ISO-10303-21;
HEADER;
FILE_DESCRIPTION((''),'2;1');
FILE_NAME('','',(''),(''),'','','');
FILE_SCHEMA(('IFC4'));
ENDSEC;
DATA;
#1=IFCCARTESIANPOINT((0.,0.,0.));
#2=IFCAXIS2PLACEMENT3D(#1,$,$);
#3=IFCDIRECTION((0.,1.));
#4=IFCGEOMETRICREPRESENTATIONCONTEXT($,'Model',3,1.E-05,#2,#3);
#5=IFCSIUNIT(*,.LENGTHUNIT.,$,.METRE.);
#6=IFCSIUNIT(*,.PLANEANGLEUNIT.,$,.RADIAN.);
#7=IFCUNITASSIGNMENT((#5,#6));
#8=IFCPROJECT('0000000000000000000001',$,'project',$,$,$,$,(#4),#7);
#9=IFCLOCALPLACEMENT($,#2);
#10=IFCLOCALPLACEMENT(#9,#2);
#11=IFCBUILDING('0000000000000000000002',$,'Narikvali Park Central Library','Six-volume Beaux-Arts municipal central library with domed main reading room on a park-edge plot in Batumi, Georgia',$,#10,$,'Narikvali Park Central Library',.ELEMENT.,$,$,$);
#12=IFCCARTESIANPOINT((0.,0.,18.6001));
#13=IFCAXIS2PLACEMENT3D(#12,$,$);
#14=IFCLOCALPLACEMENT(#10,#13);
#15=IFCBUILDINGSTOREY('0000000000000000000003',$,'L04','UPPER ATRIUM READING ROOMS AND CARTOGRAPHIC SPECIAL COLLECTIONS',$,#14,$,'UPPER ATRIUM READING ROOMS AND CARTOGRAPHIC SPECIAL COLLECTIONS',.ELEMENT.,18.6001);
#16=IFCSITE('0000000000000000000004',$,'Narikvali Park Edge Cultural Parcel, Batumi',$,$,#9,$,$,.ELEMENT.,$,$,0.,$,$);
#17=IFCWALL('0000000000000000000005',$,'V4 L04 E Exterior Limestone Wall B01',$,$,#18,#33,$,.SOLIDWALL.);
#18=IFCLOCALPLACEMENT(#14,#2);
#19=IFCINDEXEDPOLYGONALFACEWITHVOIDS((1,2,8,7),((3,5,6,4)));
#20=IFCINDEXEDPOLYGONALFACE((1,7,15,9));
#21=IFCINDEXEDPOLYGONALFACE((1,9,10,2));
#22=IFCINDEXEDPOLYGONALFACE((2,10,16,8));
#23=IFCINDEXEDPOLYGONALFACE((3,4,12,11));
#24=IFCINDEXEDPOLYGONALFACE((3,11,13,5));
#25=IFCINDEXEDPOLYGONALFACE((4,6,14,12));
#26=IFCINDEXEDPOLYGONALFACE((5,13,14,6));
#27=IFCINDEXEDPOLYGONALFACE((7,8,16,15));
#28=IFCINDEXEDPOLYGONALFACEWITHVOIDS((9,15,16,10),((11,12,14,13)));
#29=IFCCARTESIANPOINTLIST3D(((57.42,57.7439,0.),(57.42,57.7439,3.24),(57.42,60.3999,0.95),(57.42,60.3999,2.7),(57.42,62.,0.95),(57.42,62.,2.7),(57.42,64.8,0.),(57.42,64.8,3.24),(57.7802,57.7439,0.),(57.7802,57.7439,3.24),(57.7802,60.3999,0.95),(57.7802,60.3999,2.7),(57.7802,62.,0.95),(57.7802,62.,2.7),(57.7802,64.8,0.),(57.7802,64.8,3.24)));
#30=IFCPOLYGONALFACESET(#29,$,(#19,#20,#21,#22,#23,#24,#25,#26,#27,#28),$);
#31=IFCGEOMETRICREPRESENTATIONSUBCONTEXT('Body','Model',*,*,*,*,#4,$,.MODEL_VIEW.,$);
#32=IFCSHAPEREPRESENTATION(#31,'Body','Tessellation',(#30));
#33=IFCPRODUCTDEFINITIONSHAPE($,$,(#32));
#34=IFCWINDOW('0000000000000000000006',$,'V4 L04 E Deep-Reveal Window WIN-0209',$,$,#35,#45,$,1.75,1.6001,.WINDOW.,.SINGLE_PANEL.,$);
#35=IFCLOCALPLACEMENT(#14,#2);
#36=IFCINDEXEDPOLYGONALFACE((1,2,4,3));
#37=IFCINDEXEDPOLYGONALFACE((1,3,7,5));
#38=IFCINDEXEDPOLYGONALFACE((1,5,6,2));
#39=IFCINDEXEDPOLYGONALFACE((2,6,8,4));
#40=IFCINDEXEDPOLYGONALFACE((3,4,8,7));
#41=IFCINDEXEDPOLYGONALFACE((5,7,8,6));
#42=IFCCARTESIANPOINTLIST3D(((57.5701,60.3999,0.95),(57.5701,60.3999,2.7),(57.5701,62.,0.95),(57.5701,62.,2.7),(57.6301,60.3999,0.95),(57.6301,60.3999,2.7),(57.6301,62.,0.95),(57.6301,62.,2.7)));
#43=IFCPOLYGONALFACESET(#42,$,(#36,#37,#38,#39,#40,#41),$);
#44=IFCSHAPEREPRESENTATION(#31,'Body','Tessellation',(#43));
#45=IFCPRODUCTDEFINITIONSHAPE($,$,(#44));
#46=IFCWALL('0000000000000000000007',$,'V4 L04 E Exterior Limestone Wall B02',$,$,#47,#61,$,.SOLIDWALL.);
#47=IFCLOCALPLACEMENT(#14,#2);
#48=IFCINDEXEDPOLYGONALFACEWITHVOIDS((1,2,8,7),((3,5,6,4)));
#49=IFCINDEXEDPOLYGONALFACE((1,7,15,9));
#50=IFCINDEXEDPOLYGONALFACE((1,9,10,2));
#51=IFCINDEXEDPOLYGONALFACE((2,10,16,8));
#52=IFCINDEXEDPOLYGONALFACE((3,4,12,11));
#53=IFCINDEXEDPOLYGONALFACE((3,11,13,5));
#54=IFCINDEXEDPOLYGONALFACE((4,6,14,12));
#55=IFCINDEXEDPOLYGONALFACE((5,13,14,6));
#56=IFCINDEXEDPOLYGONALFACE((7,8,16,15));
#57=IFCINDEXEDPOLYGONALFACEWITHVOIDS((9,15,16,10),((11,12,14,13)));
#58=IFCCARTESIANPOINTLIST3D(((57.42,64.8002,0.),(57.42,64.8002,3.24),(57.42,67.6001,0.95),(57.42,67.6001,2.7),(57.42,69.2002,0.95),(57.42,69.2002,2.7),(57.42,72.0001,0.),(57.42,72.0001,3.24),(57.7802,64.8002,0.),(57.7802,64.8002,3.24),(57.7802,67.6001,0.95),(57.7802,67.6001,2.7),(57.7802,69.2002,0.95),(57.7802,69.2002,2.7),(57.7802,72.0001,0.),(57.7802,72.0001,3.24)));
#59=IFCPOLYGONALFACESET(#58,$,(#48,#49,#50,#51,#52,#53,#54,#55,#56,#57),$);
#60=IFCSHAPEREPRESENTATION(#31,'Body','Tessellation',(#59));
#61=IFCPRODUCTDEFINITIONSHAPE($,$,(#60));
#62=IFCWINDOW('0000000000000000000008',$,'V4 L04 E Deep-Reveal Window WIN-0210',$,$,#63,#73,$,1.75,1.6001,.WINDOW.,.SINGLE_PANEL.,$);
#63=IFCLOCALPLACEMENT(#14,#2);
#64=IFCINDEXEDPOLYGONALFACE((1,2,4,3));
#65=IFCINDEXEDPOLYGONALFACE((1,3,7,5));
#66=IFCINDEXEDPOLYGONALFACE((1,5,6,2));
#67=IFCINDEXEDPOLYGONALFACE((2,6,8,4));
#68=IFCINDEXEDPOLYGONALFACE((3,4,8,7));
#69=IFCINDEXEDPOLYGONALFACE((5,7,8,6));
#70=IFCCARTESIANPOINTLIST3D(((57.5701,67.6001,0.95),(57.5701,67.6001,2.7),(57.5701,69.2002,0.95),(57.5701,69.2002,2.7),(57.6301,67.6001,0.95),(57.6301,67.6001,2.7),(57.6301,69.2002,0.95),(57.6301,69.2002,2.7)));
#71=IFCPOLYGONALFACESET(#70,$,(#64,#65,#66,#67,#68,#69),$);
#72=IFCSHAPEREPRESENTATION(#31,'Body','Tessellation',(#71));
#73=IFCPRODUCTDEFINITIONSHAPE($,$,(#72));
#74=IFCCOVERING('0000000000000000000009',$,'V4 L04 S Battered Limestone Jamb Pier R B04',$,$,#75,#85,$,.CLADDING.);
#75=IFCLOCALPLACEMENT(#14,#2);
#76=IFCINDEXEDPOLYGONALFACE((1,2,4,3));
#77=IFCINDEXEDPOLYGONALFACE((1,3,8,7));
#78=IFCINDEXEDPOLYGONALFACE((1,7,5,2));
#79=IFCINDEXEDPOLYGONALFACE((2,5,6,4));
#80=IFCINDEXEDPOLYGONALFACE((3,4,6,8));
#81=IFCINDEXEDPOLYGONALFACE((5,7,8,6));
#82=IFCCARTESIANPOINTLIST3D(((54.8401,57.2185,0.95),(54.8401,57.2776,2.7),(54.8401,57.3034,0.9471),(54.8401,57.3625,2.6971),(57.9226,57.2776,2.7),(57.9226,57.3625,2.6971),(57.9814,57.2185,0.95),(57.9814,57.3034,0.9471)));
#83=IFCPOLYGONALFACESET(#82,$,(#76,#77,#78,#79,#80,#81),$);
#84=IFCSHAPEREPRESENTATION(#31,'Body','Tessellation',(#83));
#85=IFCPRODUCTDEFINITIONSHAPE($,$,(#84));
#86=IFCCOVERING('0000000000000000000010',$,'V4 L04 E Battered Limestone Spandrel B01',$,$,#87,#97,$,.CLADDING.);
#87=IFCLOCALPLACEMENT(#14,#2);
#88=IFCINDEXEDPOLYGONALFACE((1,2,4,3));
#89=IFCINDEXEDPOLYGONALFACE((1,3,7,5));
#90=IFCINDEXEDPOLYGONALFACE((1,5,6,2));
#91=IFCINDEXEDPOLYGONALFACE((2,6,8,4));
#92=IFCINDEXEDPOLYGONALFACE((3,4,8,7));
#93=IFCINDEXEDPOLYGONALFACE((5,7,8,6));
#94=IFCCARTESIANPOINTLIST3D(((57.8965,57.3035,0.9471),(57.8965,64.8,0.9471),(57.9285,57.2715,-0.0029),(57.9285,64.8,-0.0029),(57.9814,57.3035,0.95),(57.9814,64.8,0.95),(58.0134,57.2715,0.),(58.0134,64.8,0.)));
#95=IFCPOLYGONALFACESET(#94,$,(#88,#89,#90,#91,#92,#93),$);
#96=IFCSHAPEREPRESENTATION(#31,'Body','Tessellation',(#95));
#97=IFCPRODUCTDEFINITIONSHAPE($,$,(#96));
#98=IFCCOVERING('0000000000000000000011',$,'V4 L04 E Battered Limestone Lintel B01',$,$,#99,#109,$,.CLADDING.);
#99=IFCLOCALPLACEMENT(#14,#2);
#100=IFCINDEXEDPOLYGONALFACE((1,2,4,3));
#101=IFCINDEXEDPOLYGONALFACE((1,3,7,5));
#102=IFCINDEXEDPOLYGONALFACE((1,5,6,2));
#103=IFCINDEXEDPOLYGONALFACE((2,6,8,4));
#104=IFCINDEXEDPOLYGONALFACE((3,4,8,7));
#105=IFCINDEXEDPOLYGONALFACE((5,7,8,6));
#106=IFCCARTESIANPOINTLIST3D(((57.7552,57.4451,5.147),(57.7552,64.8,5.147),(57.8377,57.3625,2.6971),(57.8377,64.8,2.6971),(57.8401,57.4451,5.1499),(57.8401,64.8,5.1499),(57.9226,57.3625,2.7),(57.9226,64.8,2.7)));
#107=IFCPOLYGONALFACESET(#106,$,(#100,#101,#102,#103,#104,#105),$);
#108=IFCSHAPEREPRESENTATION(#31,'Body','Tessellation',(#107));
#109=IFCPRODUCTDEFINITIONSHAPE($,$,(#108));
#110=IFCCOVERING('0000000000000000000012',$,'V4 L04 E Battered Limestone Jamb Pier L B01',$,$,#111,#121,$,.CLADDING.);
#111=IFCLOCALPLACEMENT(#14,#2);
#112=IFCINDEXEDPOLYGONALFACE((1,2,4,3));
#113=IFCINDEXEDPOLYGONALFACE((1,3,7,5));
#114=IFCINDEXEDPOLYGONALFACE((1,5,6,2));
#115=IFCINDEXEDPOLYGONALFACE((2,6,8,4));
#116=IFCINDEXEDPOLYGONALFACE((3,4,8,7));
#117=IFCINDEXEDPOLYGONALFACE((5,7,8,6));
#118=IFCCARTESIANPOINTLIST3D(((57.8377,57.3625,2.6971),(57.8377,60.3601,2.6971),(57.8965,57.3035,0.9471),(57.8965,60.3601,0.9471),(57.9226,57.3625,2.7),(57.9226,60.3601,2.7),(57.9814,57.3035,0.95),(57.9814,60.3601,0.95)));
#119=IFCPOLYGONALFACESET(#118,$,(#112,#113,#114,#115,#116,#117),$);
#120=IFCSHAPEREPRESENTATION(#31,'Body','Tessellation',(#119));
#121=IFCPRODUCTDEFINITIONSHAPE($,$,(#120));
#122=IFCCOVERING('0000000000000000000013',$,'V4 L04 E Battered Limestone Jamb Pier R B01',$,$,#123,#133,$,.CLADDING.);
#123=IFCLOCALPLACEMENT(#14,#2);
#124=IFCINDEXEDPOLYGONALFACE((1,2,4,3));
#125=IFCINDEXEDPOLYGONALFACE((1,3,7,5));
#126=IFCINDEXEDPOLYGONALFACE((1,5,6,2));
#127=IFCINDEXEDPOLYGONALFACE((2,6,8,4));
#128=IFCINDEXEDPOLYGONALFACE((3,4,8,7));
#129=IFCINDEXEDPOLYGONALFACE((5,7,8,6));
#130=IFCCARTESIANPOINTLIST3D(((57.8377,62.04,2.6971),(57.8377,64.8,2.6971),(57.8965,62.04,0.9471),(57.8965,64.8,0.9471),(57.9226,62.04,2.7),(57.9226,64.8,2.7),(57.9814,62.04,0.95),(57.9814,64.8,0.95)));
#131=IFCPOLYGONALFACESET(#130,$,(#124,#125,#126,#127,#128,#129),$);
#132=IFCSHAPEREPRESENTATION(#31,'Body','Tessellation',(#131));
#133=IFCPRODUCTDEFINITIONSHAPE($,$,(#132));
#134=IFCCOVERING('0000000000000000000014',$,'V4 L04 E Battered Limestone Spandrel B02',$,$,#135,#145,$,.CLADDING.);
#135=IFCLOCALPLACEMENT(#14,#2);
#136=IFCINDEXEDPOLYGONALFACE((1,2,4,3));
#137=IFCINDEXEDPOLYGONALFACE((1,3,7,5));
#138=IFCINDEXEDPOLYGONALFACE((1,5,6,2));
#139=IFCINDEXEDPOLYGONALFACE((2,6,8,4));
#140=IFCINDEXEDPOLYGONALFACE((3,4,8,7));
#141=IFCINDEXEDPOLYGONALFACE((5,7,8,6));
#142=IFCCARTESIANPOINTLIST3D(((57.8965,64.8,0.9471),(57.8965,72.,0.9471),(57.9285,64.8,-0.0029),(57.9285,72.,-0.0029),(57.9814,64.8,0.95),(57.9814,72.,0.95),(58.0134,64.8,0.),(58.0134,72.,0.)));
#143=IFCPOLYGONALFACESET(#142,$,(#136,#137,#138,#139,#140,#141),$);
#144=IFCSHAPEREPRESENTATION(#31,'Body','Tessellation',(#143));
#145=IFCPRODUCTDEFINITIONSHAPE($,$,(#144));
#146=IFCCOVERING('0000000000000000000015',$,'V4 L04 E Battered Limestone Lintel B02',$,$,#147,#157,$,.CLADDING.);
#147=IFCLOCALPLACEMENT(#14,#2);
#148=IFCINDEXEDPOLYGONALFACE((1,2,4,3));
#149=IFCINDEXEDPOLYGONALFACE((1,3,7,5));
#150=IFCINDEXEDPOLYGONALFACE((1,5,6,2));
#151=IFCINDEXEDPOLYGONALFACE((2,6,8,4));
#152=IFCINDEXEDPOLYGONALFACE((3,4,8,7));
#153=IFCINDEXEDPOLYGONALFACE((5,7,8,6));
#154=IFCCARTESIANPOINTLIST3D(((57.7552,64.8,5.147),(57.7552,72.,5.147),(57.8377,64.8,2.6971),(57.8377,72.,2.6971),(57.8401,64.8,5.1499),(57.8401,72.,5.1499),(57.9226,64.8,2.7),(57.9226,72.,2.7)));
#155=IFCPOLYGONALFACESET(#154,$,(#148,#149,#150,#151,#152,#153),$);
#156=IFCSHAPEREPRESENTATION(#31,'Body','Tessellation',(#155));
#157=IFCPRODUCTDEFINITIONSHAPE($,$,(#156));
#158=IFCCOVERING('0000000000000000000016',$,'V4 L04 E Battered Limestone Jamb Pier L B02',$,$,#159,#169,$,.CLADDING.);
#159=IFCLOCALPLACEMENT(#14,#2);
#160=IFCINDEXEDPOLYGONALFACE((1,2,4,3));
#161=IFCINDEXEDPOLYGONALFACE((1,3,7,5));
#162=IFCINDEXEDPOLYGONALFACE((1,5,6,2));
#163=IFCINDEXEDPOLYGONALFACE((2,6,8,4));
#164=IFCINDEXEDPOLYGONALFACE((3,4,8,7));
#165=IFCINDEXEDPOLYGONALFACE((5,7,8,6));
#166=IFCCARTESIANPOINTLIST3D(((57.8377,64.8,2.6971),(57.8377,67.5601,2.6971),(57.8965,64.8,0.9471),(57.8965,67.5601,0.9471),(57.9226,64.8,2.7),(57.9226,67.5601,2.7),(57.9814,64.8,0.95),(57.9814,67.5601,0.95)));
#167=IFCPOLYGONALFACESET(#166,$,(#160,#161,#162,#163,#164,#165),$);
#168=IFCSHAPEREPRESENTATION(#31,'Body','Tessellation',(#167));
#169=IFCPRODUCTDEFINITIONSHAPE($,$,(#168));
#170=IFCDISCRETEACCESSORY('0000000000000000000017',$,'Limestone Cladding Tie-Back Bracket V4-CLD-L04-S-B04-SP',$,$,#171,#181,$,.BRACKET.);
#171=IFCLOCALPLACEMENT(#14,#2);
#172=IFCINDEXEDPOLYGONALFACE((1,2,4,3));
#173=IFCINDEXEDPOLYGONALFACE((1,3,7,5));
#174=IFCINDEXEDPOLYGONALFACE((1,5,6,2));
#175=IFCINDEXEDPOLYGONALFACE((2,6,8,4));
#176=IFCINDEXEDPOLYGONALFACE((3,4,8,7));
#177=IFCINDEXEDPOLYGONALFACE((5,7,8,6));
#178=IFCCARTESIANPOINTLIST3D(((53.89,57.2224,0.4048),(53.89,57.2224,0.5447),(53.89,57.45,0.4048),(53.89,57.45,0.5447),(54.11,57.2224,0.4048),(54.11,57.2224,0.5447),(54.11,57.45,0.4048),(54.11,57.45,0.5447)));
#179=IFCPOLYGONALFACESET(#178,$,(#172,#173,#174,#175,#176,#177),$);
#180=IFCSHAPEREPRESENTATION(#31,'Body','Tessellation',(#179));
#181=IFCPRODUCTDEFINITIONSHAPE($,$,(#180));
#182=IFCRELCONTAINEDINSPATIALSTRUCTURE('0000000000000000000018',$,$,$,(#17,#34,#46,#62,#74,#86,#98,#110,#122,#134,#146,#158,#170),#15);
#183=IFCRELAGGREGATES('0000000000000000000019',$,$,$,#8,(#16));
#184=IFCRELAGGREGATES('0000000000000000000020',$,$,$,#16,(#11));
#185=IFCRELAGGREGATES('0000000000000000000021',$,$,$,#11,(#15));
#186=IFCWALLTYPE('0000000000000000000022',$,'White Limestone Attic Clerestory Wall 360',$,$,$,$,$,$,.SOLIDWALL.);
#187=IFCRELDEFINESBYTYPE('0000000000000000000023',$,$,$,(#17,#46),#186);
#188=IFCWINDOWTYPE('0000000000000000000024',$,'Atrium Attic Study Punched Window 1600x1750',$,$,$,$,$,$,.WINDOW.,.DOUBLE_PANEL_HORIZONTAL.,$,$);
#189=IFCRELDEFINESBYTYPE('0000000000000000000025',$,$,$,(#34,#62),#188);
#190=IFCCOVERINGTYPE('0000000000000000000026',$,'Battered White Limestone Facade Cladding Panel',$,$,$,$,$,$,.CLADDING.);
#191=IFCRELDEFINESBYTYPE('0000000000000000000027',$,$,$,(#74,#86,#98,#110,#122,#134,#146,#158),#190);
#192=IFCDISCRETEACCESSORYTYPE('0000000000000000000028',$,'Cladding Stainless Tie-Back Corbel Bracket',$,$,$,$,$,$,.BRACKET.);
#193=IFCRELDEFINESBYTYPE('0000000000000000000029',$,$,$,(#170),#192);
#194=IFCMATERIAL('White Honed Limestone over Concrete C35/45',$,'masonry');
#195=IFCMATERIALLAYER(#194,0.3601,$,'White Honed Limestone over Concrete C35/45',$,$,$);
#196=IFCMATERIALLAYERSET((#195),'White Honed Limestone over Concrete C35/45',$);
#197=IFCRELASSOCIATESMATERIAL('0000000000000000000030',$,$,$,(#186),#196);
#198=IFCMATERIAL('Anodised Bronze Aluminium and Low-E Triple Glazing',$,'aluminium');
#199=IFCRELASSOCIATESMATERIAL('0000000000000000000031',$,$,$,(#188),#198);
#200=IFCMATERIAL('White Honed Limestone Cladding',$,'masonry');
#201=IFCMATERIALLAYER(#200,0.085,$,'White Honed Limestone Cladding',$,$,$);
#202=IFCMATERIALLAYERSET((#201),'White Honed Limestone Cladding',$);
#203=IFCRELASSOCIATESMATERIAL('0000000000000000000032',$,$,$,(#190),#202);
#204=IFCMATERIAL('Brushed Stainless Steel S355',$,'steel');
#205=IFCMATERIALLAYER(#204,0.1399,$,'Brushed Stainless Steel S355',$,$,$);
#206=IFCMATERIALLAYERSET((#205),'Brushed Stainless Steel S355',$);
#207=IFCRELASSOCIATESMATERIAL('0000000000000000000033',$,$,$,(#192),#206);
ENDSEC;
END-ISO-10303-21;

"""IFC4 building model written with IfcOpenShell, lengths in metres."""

from ifc_helpers import new_model, si_unit, direction, frame, frame_2d, origin, origin_2d, place, context, subcontext, project, spatial, polyline, rectangle, outline, extrude, material, layer, layer_set, type_object, element, fill, save


model = new_model("IFC4")

# Units and contexts
model_context = context("Model", 3, precision=1e-05, world=origin(), true_north=direction((0.0, 1.0)))
body_context = subcontext(model_context, "Body", "Model", "MODEL_VIEW")
ifc_project = project(units=[si_unit("LENGTHUNIT", "METRE"), si_unit("PLANEANGLEUNIT", "RADIAN")], contexts=[model_context])

# Site, building, storey
site_placement = place(None, origin())
site = spatial("IfcSite", under=ifc_project, at=site_placement, Name="Narikvali Park Edge Cultural Parcel, Batumi", CompositionType="ELEMENT", RefElevation=0.0)
building_placement = place(site_placement, origin())
building = spatial("IfcBuilding", under=site, at=building_placement, Name="Narikvali Park Central Library", Description="Six-volume Beaux-Arts municipal central library with domed main reading room on a park-edge plot in Batumi, Georgia", LongName="Narikvali Park Central Library", CompositionType="ELEMENT")
storey_placement = place(building_placement, frame((0.0, 0.0, 18.6001)))
storey = spatial("IfcBuildingStorey", under=building, at=storey_placement, Name="L04", Description="UPPER ATRIUM READING ROOMS AND CARTOGRAPHIC SPECIAL COLLECTIONS", LongName="UPPER ATRIUM READING ROOMS AND CARTOGRAPHIC SPECIAL COLLECTIONS", CompositionType="ELEMENT", Elevation=18.6001)

# Shared definitions
ifc_material_1 = material(Name="White Honed Limestone over Concrete C35/45", Category="masonry")

# Walls, openings, windows
ifc_layer_1 = layer(ifc_material_1, 0.3601, Name="White Honed Limestone over Concrete C35/45")
ifc_layer_set_1 = layer_set([ifc_layer_1], Name="White Honed Limestone over Concrete C35/45")
wall_type_1 = type_object("IfcWallType", Name="White Limestone Attic Clerestory Wall 360", PredefinedType="SOLIDWALL", material=ifc_layer_set_1)
wall_1_placement = place(storey_placement, frame((57.6001, 57.7439, 0.0), z_axis=(0.0, 0.0, 1.0), x_axis=(0.0, 1.0, 0.0)))
wall_1 = element("IfcWall", 1, at=wall_1_placement, inside=storey, type_object=wall_type_1, Name="V4 L04 E Exterior Limestone Wall B01", PredefinedType="SOLIDWALL", context=body_context, shape_type="SweptSolid", body=[
    extrude(rectangle(XDim=7.0562, YDim=0.3601, at=frame_2d((3.5281, 0.0))), origin(), (0.0, 0.0, 1.0), 3.24),
])
opening_1_placement = place(wall_1_placement, frame((2.656, 0.0, 0.95)))
opening_1 = element("IfcOpeningElement", 2, at=opening_1_placement, cuts=wall_1, PredefinedType="OPENING", context=body_context, shape_type="SweptSolid", body=[
    extrude(rectangle(XDim=1.6001, YDim=1.75, at=frame_2d((0.8, 0.875))), frame((0.0, 0.1919, 0.0), z_axis=(0.0, -1.0, 0.0), x_axis=(1.0, 0.0, 0.0)), (0.0, 0.0, 1.0), 0.384),
])
ifc_material_2 = material(Name="Anodised Bronze Aluminium and Low-E Triple Glazing", Category="aluminium")
window_type = type_object("IfcWindowType", Name="Atrium Attic Study Punched Window 1600x1750", PartitioningType="DOUBLE_PANEL_HORIZONTAL", PredefinedType="WINDOW", material=ifc_material_2)
window_1_placement = place(opening_1_placement, origin())
window_1 = element("IfcWindow", 3, at=window_1_placement, inside=storey, type_object=window_type, Name="V4 L04 E Deep-Reveal Window WIN-0209", OverallHeight=1.75, OverallWidth=1.6001, PartitioningType="SINGLE_PANEL", PredefinedType="WINDOW", context=body_context, shape_type="SweptSolid", body=[
    extrude(rectangle(XDim=1.6001, YDim=1.75, at=frame_2d((0.8, 0.875))), frame((0.0, 0.03, 0.0), z_axis=(0.0, -1.0, 0.0), x_axis=(1.0, 0.0, 0.0)), (0.0, 0.0, 1.0), 0.0601),
])
fill(opening_1, window_1)
wall_2_placement = place(storey_placement, frame((57.6001, 64.8, 0.0), z_axis=(0.0, 0.0, 1.0), x_axis=(0.0, 1.0, 0.0)))
wall_2 = element("IfcWall", 4, at=wall_2_placement, inside=storey, type_object=wall_type_1, Name="V4 L04 E Exterior Limestone Wall B02", PredefinedType="SOLIDWALL", context=body_context, shape_type="SweptSolid", body=[
    extrude(rectangle(XDim=7.2, YDim=0.3601, at=frame_2d((3.6001, 0.0))), origin(), (0.0, 0.0, 1.0), 3.24),
])
opening_2_placement = place(wall_2_placement, frame((2.8, 0.0, 0.95)))
opening_2 = element("IfcOpeningElement", 5, at=opening_2_placement, cuts=wall_2, PredefinedType="OPENING", context=body_context, shape_type="SweptSolid", body=[
    extrude(rectangle(XDim=1.6001, YDim=1.75, at=frame_2d((0.8, 0.875))), frame((0.0, 0.1919, 0.0), z_axis=(0.0, -1.0, 0.0), x_axis=(1.0, 0.0, 0.0)), (0.0, 0.0, 1.0), 0.384),
])
window_2_placement = place(opening_2_placement, origin())
window_2 = element("IfcWindow", 6, at=window_2_placement, inside=storey, type_object=window_type, Name="V4 L04 E Deep-Reveal Window WIN-0210", OverallHeight=1.75, OverallWidth=1.6001, PartitioningType="SINGLE_PANEL", PredefinedType="WINDOW", context=body_context, shape_type="SweptSolid", body=[
    extrude(rectangle(XDim=1.6001, YDim=1.75, at=frame_2d((0.8, 0.875))), frame((0.0, 0.03, 0.0), z_axis=(0.0, -1.0, 0.0), x_axis=(1.0, 0.0, 0.0)), (0.0, 0.0, 1.0), 0.0601),
])
fill(opening_2, window_2)

# Coverings
ifc_material_3 = material(Name="White Honed Limestone Cladding", Category="masonry")
ifc_layer_2 = layer(ifc_material_3, 0.085, Name="White Honed Limestone Cladding")
ifc_layer_set_2 = layer_set([ifc_layer_2], Name="White Honed Limestone Cladding")
covering_type = type_object("IfcCoveringType", Name="Battered White Limestone Facade Cladding Panel", PredefinedType="CLADDING", material=ifc_layer_set_2)
covering_1_placement = place(storey_placement, frame((54.8401, 57.2185, 0.95), z_axis=(0.0, -0.999431, 0.033742), x_axis=(1.0, 0.0, 0.0)))
element("IfcCovering", 7, at=covering_1_placement, inside=storey, type_object=covering_type, Name="V4 L04 S Battered Limestone Jamb Pier R B04", PredefinedType="CLADDING", context=body_context, shape_type="SweptSolid", body=[
    extrude(outline(polyline([(0.0, 0.0), (3.1414, 0.0), (3.0825, 1.751), (0.0, 1.751), (0.0, 0.0)])), origin(), (0.0, 0.0, -1.0), 0.085),
])
covering_2_placement = place(storey_placement, frame((58.0134, 57.2715, 0.0), z_axis=(0.999434, 0.0, 0.033648), x_axis=(0.0, 1.0, 0.0)))
element("IfcCovering", 8, at=covering_2_placement, inside=storey, type_object=covering_type, Name="V4 L04 E Battered Limestone Spandrel B01", PredefinedType="CLADDING", context=body_context, shape_type="SweptSolid", body=[
    extrude(outline(polyline([(0.0, 0.0), (7.5286, 0.0), (7.5286, 0.9505), (0.032, 0.9505), (0.0, 0.0)])), origin(), (0.0, 0.0, -1.0), 0.085),
])
covering_3_placement = place(storey_placement, frame((57.9226, 57.3625, 2.7), z_axis=(0.999433, 0.0, 0.033663), x_axis=(0.0, 1.0, 0.0)))
element("IfcCovering", 9, at=covering_3_placement, inside=storey, type_object=covering_type, Name="V4 L04 E Battered Limestone Lintel B01", PredefinedType="CLADDING", context=body_context, shape_type="SweptSolid", body=[
    extrude(outline(polyline([(0.0, 0.0), (7.4375, 0.0), (7.4375, 2.4513), (0.0825, 2.4513), (0.0, 0.0)])), origin(), (0.0, 0.0, -1.0), 0.085),
])
covering_4_placement = place(storey_placement, frame((57.9814, 57.3035, 0.95), z_axis=(0.999435, 0.0, 0.033603), x_axis=(0.0, 1.0, 0.0)))
element("IfcCovering", 10, at=covering_4_placement, inside=storey, type_object=covering_type, Name="V4 L04 E Battered Limestone Jamb Pier L B01", PredefinedType="CLADDING", context=body_context, shape_type="SweptSolid", body=[
    extrude(outline(polyline([(0.0, 0.0), (3.0566, 0.0), (3.0566, 1.751), (0.0591, 1.751), (0.0, 0.0)])), origin(), (0.0, 0.0, -1.0), 0.085),
])
covering_5_placement = place(storey_placement, frame((57.9814, 62.04, 0.95), z_axis=(0.999435, 0.0, 0.033603), x_axis=(0.0, 1.0, 0.0)))
element("IfcCovering", 11, at=covering_5_placement, inside=storey, type_object=covering_type, Name="V4 L04 E Battered Limestone Jamb Pier R B01", PredefinedType="CLADDING", context=body_context, shape_type="SweptSolid", body=[
    extrude(outline(polyline([(0.0, 0.0), (2.76, 0.0), (2.76, 1.751), (0.0, 1.751), (0.0, 0.0)])), origin(), (0.0, 0.0, -1.0), 0.085),
])
covering_6_placement = place(storey_placement, frame((58.0134, 64.8, 0.0), z_axis=(0.999434, 0.0, 0.033648), x_axis=(0.0, 1.0, 0.0)))
element("IfcCovering", 12, at=covering_6_placement, inside=storey, type_object=covering_type, Name="V4 L04 E Battered Limestone Spandrel B02", PredefinedType="CLADDING", context=body_context, shape_type="SweptSolid", body=[
    extrude(outline(polyline([(0.0, 0.0), (7.2, 0.0), (7.2, 0.9505), (0.0, 0.9505), (0.0, 0.0)])), origin(), (0.0, 0.0, -1.0), 0.085),
])
covering_7_placement = place(storey_placement, frame((57.9226, 64.8, 2.7), z_axis=(0.999433, 0.0, 0.033663), x_axis=(0.0, 1.0, 0.0)))
element("IfcCovering", 13, at=covering_7_placement, inside=storey, type_object=covering_type, Name="V4 L04 E Battered Limestone Lintel B02", PredefinedType="CLADDING", context=body_context, shape_type="SweptSolid", body=[
    extrude(outline(polyline([(0.0, 0.0), (7.2, 0.0), (7.2, 2.4513), (0.0, 2.4513), (0.0, 0.0)])), origin(), (0.0, 0.0, -1.0), 0.085),
])
covering_8_placement = place(storey_placement, frame((57.9814, 64.8, 0.95), z_axis=(0.999435, 0.0, 0.033603), x_axis=(0.0, 1.0, 0.0)))
element("IfcCovering", 14, at=covering_8_placement, inside=storey, type_object=covering_type, Name="V4 L04 E Battered Limestone Jamb Pier L B02", PredefinedType="CLADDING", context=body_context, shape_type="SweptSolid", body=[
    extrude(outline(polyline([(0.0, 0.0), (2.76, 0.0), (2.76, 1.751), (0.0, 1.751), (0.0, 0.0)])), origin(), (0.0, 0.0, -1.0), 0.085),
])

# Discrete accessory
ifc_material_4 = material(Name="Brushed Stainless Steel S355", Category="steel")
ifc_layer_3 = layer(ifc_material_4, 0.1399, Name="Brushed Stainless Steel S355")
ifc_layer_set_3 = layer_set([ifc_layer_3], Name="Brushed Stainless Steel S355")
discrete_accessory_type = type_object("IfcDiscreteAccessoryType", Name="Cladding Stainless Tie-Back Corbel Bracket", PredefinedType="BRACKET", material=ifc_layer_set_3)
discrete_accessory_1_placement = place(storey_placement, frame((54.0, 57.3362, 0.4048), z_axis=(0.0, 0.0, 1.0), x_axis=(1.0, 0.0, 0.0)))
element("IfcDiscreteAccessory", 15, at=discrete_accessory_1_placement, inside=storey, type_object=discrete_accessory_type, Name="Limestone Cladding Tie-Back Bracket V4-CLD-L04-S-B04-SP", PredefinedType="BRACKET", context=body_context, shape_type="SweptSolid", body=[
    extrude(rectangle(XDim=0.22, YDim=0.2275, at=origin_2d()), origin(), (0.0, 0.0, 1.0), 0.1399),
])

save(model, "model.ifc")
